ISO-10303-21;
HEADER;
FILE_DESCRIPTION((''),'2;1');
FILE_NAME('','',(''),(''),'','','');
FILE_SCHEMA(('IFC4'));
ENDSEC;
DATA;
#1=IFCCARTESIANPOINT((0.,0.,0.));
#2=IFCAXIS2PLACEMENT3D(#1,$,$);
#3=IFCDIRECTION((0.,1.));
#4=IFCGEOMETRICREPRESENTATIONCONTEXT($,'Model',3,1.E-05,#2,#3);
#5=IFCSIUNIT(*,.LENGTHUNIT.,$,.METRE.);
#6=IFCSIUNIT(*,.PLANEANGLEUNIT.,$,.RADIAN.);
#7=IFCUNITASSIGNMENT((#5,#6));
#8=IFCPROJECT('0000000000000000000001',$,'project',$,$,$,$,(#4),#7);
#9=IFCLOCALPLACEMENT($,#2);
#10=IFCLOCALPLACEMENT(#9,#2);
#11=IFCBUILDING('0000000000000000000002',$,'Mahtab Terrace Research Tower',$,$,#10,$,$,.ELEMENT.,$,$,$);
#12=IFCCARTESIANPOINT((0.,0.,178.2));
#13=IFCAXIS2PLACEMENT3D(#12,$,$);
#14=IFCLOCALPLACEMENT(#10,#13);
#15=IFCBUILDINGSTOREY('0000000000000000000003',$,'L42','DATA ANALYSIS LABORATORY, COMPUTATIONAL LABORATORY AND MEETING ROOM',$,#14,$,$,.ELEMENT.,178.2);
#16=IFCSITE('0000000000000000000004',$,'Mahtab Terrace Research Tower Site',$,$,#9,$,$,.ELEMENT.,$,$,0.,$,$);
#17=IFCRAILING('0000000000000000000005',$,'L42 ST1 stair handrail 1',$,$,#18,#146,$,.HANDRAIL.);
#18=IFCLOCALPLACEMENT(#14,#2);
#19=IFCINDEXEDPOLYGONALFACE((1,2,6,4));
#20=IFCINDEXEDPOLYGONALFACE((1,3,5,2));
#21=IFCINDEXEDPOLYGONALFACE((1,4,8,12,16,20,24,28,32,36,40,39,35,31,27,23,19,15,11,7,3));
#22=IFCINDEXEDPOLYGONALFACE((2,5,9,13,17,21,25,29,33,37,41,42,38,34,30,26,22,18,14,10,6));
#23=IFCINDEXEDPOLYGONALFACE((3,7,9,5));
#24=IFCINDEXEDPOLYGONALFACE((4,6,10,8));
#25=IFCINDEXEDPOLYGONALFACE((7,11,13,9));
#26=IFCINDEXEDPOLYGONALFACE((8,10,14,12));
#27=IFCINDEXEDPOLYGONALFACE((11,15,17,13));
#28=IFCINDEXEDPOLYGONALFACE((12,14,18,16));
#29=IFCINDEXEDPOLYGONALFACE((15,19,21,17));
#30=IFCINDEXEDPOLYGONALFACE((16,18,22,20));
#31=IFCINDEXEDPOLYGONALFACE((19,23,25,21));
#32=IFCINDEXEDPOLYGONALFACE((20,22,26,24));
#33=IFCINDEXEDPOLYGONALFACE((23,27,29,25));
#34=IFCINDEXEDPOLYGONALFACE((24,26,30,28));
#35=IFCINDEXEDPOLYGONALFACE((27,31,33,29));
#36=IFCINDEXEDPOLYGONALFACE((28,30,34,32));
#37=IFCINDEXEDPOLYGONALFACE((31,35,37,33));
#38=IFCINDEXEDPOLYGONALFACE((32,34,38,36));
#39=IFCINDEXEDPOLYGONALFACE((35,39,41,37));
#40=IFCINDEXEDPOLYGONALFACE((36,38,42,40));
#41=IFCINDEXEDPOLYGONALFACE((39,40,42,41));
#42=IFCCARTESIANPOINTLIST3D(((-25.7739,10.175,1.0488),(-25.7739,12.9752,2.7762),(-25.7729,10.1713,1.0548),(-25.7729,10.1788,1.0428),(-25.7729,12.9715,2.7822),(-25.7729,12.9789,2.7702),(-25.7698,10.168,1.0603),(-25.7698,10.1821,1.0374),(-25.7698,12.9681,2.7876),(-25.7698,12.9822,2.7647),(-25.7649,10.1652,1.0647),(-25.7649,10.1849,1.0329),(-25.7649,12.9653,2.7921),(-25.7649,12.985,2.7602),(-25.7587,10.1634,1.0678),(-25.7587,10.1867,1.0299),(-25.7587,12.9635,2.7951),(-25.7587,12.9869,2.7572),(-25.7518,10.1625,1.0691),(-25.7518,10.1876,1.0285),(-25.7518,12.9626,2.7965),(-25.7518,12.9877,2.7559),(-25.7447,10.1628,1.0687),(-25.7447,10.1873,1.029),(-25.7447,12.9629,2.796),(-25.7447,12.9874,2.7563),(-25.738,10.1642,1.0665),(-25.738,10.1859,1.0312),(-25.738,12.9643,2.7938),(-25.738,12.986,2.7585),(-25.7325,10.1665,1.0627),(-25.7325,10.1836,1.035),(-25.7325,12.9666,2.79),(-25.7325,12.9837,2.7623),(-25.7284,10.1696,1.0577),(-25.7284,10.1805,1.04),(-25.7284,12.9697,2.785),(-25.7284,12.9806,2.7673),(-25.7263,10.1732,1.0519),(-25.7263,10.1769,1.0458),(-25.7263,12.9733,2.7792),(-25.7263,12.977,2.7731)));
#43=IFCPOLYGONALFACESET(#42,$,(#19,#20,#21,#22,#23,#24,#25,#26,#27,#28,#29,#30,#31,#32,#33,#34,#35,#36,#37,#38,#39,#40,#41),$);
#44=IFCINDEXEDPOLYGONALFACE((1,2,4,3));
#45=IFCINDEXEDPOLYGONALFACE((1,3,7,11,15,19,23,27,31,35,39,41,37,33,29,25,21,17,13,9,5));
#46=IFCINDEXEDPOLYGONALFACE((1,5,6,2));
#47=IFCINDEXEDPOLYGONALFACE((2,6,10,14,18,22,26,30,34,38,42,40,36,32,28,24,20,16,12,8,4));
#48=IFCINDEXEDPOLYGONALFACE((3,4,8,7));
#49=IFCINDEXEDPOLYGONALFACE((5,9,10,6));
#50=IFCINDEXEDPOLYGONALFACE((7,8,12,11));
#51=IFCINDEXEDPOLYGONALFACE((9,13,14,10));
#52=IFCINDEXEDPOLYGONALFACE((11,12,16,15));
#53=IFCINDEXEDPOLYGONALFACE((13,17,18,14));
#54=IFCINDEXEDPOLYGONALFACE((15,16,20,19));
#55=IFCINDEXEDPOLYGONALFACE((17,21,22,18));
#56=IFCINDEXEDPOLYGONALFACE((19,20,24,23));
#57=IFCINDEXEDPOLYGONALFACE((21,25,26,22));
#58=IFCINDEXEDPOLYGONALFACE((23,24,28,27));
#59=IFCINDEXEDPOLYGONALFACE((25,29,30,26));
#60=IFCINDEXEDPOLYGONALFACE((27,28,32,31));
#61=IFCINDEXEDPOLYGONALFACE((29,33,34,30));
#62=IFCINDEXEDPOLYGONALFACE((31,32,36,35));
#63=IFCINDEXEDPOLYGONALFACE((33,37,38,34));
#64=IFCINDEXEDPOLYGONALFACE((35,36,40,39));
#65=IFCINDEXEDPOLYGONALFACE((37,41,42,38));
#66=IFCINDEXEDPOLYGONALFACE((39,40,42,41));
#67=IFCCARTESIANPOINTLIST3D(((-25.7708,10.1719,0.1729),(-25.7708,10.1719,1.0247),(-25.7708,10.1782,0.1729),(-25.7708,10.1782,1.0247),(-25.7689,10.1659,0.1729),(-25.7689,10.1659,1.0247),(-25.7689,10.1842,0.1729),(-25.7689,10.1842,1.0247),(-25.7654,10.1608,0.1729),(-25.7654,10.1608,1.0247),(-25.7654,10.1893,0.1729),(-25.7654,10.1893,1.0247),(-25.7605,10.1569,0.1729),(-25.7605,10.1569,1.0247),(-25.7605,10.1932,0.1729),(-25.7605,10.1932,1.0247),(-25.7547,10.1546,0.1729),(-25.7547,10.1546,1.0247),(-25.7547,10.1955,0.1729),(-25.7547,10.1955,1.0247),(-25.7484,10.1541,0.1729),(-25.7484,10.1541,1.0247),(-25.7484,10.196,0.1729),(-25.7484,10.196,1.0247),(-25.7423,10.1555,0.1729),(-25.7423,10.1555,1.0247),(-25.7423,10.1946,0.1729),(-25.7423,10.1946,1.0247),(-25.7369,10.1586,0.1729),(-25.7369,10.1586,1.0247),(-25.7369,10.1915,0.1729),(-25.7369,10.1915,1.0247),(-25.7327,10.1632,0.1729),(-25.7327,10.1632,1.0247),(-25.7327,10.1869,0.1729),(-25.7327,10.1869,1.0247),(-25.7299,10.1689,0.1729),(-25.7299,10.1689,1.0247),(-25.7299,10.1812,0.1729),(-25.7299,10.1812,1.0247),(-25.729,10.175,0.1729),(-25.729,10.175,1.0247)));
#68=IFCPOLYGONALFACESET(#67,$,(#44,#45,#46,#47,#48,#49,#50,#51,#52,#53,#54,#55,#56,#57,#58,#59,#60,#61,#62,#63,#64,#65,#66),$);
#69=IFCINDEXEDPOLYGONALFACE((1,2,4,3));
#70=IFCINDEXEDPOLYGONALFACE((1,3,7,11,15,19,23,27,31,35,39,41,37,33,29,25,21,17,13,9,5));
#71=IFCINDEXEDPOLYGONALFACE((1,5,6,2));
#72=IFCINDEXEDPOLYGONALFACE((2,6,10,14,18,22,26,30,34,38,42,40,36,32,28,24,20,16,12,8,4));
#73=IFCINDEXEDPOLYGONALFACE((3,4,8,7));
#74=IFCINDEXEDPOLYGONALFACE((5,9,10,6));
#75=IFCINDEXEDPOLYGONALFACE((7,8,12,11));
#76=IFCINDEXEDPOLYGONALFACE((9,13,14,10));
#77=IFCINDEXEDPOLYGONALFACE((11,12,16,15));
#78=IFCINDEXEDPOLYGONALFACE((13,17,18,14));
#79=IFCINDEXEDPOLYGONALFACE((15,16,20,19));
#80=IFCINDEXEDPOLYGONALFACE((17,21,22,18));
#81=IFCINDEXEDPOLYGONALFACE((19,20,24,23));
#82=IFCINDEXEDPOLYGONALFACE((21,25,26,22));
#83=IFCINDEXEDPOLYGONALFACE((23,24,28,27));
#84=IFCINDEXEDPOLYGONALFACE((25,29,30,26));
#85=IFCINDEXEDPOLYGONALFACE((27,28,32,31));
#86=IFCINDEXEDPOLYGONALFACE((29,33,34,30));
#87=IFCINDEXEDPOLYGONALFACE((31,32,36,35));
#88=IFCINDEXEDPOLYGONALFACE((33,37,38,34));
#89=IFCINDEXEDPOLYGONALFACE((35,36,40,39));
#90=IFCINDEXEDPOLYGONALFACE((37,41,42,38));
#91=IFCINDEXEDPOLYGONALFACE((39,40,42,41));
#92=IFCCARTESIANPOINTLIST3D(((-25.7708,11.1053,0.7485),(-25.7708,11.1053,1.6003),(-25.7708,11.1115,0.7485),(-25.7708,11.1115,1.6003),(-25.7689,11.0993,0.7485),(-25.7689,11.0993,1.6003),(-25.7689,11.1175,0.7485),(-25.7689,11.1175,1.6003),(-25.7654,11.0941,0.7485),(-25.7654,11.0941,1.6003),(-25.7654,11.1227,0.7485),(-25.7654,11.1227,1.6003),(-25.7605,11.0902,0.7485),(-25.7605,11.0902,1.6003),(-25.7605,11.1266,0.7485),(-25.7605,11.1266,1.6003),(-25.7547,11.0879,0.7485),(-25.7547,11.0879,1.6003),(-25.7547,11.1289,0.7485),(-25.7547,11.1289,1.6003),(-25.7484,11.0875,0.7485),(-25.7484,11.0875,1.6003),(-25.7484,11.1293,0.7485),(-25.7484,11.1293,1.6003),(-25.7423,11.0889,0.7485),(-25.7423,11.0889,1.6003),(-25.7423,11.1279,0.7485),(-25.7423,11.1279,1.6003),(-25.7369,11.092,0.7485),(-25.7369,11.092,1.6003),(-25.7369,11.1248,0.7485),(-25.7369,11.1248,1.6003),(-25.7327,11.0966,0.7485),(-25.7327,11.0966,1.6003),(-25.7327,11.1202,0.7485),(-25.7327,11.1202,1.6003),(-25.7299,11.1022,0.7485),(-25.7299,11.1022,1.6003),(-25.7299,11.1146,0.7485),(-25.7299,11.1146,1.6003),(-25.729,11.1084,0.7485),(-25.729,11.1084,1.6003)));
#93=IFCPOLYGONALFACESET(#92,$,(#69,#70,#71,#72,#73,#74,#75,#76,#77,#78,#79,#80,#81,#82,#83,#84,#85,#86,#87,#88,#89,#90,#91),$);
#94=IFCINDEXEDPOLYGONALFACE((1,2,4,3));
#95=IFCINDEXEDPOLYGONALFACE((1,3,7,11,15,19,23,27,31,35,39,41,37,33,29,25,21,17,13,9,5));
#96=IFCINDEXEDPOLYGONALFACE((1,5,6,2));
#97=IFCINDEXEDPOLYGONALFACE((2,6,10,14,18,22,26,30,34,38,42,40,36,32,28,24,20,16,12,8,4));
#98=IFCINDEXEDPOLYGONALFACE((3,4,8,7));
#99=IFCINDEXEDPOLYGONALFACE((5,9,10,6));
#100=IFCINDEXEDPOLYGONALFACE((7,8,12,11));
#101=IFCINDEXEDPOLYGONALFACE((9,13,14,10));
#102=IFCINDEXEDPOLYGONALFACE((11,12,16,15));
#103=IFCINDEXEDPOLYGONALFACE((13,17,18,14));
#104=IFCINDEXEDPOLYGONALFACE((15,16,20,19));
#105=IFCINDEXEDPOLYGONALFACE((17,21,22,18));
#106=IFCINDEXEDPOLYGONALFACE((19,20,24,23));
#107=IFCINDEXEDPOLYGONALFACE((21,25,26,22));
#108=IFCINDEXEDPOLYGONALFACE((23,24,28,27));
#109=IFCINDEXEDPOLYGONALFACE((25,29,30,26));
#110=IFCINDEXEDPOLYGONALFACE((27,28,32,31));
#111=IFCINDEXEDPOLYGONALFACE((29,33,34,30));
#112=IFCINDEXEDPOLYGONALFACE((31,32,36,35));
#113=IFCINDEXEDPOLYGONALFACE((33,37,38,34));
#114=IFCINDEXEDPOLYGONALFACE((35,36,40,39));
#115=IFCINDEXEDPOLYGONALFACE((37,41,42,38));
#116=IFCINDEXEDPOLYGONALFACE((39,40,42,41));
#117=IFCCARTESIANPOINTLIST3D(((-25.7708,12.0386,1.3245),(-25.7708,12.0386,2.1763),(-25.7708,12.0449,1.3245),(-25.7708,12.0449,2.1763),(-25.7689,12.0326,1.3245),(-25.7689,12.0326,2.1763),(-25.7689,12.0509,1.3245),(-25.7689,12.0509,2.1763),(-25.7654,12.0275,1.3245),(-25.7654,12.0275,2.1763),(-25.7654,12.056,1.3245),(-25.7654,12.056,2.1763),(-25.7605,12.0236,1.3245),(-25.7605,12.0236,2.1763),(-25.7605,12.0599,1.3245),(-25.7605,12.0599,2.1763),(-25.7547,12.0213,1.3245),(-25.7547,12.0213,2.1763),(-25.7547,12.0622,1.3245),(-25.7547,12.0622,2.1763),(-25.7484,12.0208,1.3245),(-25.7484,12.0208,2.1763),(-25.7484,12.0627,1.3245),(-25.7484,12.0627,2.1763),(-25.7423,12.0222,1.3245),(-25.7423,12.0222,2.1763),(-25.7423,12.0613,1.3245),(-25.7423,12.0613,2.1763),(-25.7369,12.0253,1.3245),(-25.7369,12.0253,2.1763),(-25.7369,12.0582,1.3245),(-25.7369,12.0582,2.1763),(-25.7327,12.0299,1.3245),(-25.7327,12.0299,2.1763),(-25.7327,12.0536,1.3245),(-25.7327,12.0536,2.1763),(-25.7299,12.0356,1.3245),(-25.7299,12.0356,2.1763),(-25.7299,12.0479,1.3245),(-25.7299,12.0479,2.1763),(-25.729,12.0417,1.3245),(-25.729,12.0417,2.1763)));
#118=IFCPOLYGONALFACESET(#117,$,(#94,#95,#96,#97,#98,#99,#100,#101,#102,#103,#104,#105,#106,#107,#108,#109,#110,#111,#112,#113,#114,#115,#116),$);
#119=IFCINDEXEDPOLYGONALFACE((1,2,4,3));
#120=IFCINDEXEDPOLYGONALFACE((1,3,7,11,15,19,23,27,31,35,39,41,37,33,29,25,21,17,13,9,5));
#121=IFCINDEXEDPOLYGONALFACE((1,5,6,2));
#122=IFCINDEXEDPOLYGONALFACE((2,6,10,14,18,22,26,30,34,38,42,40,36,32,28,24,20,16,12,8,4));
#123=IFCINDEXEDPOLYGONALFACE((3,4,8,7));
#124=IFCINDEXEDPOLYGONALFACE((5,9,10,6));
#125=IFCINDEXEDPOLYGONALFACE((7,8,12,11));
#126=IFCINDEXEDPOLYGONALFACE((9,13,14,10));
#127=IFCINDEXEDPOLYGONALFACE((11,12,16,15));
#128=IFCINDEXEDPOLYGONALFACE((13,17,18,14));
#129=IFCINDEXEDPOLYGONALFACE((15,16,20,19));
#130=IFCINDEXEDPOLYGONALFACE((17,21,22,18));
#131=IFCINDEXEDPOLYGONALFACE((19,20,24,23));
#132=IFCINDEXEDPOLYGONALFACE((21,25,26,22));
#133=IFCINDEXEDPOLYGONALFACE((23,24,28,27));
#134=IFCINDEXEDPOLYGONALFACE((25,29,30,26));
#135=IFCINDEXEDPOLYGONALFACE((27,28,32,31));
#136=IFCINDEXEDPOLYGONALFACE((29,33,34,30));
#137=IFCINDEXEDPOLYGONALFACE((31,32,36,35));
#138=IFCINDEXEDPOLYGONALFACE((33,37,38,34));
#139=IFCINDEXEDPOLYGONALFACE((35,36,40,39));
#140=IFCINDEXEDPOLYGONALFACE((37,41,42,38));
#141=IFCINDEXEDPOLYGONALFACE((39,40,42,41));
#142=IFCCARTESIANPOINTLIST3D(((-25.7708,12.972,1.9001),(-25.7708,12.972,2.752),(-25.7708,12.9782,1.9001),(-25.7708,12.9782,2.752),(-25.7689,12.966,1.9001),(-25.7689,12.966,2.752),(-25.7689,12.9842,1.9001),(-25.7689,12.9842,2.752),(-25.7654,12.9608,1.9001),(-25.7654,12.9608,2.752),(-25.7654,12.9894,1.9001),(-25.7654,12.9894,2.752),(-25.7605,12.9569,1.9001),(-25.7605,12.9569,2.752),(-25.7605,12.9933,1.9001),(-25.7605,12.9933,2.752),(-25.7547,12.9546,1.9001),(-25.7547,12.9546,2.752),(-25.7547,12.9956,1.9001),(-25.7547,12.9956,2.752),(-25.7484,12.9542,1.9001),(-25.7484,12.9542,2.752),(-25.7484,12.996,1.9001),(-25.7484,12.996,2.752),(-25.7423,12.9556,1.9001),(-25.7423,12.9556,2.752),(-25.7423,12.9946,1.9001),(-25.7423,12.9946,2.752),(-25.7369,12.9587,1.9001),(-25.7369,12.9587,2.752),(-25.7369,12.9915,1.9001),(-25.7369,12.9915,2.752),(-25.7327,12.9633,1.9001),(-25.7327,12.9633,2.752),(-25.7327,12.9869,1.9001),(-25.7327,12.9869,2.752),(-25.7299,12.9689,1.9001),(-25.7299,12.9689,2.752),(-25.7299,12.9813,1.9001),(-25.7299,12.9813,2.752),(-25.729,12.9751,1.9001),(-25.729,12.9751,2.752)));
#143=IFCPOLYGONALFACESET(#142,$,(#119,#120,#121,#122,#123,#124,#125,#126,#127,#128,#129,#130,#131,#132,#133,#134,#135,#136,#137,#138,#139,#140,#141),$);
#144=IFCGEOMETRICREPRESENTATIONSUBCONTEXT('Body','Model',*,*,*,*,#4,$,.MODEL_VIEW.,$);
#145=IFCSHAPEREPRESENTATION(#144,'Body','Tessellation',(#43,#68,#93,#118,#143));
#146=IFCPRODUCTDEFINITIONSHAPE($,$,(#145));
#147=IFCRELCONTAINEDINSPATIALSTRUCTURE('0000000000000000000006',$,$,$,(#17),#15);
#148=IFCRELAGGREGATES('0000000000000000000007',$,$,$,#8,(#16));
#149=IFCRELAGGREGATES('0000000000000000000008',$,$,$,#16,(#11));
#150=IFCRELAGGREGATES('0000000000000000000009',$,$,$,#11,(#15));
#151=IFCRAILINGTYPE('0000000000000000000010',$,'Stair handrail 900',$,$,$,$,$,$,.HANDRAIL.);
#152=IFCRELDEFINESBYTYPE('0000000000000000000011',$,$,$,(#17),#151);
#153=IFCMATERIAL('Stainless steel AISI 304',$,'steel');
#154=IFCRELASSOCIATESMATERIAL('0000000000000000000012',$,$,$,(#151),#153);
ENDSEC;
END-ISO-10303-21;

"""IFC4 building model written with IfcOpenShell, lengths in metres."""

from ifc_helpers import new_model, si_unit, direction, frame, origin, origin_2d, place, context, subcontext, project, spatial, circle, extrude, material, type_object, element, save


model = new_model("IFC4")

# Units and contexts
model_context = context("Model", 3, precision=1e-05, world=origin(), true_north=direction((0.0, 1.0)))
body_context = subcontext(model_context, "Body", "Model", "MODEL_VIEW")
ifc_project = project(units=[si_unit("LENGTHUNIT", "METRE"), si_unit("PLANEANGLEUNIT", "RADIAN")], contexts=[model_context])

# Site, building, storey
site_placement = place(None, origin())
site = spatial("IfcSite", under=ifc_project, at=site_placement, Name="Mahtab Terrace Research Tower Site", CompositionType="ELEMENT", RefElevation=0.0)
building_placement = place(site_placement, origin())
building = spatial("IfcBuilding", under=site, at=building_placement, Name="Mahtab Terrace Research Tower", CompositionType="ELEMENT")
storey_placement = place(building_placement, frame((0.0, 0.0, 178.2)))
storey = spatial("IfcBuildingStorey", under=building, at=storey_placement, Name="L42", Description="DATA ANALYSIS LABORATORY, COMPUTATIONAL LABORATORY AND MEETING ROOM", CompositionType="ELEMENT", Elevation=178.2)

# Railing
ifc_material_1 = material(Name="Stainless steel AISI 304", Category="steel")
railing_type = type_object("IfcRailingType", Name="Stair handrail 900", PredefinedType="HANDRAIL", material=ifc_material_1)
railing_placement = place(storey_placement, frame((-25.75, 10.175, 0.1729)))
element("IfcRailing", 1, at=railing_placement, inside=storey, type_object=railing_type, Name="L42 ST1 stair handrail 1", PredefinedType="HANDRAIL", context=body_context, shape_type="SweptSolid", body=[
    extrude(circle(Radius=0.0239, at=origin_2d()), frame((0.0, 0.0, 0.876), z_axis=(0.0, 0.85109, 0.52502), x_axis=(-1.0, 0.0, 0.0)), (0.0, 0.0, 1.0), 3.29),
    extrude(circle(Radius=0.021, at=origin_2d()), origin(), (0.0, 0.0, 1.0), 0.8518),
    extrude(circle(Radius=0.021, at=origin_2d()), frame((0.0, 0.9333, 0.5757)), (0.0, 0.0, 1.0), 0.8518),
    extrude(circle(Radius=0.021, at=origin_2d()), frame((0.0, 1.8667, 1.1516)), (0.0, 0.0, 1.0), 0.8518),
    extrude(circle(Radius=0.021, at=origin_2d()), frame((0.0, 2.8, 1.7273)), (0.0, 0.0, 1.0), 0.8518),
])

save(model, "model.ifc")
